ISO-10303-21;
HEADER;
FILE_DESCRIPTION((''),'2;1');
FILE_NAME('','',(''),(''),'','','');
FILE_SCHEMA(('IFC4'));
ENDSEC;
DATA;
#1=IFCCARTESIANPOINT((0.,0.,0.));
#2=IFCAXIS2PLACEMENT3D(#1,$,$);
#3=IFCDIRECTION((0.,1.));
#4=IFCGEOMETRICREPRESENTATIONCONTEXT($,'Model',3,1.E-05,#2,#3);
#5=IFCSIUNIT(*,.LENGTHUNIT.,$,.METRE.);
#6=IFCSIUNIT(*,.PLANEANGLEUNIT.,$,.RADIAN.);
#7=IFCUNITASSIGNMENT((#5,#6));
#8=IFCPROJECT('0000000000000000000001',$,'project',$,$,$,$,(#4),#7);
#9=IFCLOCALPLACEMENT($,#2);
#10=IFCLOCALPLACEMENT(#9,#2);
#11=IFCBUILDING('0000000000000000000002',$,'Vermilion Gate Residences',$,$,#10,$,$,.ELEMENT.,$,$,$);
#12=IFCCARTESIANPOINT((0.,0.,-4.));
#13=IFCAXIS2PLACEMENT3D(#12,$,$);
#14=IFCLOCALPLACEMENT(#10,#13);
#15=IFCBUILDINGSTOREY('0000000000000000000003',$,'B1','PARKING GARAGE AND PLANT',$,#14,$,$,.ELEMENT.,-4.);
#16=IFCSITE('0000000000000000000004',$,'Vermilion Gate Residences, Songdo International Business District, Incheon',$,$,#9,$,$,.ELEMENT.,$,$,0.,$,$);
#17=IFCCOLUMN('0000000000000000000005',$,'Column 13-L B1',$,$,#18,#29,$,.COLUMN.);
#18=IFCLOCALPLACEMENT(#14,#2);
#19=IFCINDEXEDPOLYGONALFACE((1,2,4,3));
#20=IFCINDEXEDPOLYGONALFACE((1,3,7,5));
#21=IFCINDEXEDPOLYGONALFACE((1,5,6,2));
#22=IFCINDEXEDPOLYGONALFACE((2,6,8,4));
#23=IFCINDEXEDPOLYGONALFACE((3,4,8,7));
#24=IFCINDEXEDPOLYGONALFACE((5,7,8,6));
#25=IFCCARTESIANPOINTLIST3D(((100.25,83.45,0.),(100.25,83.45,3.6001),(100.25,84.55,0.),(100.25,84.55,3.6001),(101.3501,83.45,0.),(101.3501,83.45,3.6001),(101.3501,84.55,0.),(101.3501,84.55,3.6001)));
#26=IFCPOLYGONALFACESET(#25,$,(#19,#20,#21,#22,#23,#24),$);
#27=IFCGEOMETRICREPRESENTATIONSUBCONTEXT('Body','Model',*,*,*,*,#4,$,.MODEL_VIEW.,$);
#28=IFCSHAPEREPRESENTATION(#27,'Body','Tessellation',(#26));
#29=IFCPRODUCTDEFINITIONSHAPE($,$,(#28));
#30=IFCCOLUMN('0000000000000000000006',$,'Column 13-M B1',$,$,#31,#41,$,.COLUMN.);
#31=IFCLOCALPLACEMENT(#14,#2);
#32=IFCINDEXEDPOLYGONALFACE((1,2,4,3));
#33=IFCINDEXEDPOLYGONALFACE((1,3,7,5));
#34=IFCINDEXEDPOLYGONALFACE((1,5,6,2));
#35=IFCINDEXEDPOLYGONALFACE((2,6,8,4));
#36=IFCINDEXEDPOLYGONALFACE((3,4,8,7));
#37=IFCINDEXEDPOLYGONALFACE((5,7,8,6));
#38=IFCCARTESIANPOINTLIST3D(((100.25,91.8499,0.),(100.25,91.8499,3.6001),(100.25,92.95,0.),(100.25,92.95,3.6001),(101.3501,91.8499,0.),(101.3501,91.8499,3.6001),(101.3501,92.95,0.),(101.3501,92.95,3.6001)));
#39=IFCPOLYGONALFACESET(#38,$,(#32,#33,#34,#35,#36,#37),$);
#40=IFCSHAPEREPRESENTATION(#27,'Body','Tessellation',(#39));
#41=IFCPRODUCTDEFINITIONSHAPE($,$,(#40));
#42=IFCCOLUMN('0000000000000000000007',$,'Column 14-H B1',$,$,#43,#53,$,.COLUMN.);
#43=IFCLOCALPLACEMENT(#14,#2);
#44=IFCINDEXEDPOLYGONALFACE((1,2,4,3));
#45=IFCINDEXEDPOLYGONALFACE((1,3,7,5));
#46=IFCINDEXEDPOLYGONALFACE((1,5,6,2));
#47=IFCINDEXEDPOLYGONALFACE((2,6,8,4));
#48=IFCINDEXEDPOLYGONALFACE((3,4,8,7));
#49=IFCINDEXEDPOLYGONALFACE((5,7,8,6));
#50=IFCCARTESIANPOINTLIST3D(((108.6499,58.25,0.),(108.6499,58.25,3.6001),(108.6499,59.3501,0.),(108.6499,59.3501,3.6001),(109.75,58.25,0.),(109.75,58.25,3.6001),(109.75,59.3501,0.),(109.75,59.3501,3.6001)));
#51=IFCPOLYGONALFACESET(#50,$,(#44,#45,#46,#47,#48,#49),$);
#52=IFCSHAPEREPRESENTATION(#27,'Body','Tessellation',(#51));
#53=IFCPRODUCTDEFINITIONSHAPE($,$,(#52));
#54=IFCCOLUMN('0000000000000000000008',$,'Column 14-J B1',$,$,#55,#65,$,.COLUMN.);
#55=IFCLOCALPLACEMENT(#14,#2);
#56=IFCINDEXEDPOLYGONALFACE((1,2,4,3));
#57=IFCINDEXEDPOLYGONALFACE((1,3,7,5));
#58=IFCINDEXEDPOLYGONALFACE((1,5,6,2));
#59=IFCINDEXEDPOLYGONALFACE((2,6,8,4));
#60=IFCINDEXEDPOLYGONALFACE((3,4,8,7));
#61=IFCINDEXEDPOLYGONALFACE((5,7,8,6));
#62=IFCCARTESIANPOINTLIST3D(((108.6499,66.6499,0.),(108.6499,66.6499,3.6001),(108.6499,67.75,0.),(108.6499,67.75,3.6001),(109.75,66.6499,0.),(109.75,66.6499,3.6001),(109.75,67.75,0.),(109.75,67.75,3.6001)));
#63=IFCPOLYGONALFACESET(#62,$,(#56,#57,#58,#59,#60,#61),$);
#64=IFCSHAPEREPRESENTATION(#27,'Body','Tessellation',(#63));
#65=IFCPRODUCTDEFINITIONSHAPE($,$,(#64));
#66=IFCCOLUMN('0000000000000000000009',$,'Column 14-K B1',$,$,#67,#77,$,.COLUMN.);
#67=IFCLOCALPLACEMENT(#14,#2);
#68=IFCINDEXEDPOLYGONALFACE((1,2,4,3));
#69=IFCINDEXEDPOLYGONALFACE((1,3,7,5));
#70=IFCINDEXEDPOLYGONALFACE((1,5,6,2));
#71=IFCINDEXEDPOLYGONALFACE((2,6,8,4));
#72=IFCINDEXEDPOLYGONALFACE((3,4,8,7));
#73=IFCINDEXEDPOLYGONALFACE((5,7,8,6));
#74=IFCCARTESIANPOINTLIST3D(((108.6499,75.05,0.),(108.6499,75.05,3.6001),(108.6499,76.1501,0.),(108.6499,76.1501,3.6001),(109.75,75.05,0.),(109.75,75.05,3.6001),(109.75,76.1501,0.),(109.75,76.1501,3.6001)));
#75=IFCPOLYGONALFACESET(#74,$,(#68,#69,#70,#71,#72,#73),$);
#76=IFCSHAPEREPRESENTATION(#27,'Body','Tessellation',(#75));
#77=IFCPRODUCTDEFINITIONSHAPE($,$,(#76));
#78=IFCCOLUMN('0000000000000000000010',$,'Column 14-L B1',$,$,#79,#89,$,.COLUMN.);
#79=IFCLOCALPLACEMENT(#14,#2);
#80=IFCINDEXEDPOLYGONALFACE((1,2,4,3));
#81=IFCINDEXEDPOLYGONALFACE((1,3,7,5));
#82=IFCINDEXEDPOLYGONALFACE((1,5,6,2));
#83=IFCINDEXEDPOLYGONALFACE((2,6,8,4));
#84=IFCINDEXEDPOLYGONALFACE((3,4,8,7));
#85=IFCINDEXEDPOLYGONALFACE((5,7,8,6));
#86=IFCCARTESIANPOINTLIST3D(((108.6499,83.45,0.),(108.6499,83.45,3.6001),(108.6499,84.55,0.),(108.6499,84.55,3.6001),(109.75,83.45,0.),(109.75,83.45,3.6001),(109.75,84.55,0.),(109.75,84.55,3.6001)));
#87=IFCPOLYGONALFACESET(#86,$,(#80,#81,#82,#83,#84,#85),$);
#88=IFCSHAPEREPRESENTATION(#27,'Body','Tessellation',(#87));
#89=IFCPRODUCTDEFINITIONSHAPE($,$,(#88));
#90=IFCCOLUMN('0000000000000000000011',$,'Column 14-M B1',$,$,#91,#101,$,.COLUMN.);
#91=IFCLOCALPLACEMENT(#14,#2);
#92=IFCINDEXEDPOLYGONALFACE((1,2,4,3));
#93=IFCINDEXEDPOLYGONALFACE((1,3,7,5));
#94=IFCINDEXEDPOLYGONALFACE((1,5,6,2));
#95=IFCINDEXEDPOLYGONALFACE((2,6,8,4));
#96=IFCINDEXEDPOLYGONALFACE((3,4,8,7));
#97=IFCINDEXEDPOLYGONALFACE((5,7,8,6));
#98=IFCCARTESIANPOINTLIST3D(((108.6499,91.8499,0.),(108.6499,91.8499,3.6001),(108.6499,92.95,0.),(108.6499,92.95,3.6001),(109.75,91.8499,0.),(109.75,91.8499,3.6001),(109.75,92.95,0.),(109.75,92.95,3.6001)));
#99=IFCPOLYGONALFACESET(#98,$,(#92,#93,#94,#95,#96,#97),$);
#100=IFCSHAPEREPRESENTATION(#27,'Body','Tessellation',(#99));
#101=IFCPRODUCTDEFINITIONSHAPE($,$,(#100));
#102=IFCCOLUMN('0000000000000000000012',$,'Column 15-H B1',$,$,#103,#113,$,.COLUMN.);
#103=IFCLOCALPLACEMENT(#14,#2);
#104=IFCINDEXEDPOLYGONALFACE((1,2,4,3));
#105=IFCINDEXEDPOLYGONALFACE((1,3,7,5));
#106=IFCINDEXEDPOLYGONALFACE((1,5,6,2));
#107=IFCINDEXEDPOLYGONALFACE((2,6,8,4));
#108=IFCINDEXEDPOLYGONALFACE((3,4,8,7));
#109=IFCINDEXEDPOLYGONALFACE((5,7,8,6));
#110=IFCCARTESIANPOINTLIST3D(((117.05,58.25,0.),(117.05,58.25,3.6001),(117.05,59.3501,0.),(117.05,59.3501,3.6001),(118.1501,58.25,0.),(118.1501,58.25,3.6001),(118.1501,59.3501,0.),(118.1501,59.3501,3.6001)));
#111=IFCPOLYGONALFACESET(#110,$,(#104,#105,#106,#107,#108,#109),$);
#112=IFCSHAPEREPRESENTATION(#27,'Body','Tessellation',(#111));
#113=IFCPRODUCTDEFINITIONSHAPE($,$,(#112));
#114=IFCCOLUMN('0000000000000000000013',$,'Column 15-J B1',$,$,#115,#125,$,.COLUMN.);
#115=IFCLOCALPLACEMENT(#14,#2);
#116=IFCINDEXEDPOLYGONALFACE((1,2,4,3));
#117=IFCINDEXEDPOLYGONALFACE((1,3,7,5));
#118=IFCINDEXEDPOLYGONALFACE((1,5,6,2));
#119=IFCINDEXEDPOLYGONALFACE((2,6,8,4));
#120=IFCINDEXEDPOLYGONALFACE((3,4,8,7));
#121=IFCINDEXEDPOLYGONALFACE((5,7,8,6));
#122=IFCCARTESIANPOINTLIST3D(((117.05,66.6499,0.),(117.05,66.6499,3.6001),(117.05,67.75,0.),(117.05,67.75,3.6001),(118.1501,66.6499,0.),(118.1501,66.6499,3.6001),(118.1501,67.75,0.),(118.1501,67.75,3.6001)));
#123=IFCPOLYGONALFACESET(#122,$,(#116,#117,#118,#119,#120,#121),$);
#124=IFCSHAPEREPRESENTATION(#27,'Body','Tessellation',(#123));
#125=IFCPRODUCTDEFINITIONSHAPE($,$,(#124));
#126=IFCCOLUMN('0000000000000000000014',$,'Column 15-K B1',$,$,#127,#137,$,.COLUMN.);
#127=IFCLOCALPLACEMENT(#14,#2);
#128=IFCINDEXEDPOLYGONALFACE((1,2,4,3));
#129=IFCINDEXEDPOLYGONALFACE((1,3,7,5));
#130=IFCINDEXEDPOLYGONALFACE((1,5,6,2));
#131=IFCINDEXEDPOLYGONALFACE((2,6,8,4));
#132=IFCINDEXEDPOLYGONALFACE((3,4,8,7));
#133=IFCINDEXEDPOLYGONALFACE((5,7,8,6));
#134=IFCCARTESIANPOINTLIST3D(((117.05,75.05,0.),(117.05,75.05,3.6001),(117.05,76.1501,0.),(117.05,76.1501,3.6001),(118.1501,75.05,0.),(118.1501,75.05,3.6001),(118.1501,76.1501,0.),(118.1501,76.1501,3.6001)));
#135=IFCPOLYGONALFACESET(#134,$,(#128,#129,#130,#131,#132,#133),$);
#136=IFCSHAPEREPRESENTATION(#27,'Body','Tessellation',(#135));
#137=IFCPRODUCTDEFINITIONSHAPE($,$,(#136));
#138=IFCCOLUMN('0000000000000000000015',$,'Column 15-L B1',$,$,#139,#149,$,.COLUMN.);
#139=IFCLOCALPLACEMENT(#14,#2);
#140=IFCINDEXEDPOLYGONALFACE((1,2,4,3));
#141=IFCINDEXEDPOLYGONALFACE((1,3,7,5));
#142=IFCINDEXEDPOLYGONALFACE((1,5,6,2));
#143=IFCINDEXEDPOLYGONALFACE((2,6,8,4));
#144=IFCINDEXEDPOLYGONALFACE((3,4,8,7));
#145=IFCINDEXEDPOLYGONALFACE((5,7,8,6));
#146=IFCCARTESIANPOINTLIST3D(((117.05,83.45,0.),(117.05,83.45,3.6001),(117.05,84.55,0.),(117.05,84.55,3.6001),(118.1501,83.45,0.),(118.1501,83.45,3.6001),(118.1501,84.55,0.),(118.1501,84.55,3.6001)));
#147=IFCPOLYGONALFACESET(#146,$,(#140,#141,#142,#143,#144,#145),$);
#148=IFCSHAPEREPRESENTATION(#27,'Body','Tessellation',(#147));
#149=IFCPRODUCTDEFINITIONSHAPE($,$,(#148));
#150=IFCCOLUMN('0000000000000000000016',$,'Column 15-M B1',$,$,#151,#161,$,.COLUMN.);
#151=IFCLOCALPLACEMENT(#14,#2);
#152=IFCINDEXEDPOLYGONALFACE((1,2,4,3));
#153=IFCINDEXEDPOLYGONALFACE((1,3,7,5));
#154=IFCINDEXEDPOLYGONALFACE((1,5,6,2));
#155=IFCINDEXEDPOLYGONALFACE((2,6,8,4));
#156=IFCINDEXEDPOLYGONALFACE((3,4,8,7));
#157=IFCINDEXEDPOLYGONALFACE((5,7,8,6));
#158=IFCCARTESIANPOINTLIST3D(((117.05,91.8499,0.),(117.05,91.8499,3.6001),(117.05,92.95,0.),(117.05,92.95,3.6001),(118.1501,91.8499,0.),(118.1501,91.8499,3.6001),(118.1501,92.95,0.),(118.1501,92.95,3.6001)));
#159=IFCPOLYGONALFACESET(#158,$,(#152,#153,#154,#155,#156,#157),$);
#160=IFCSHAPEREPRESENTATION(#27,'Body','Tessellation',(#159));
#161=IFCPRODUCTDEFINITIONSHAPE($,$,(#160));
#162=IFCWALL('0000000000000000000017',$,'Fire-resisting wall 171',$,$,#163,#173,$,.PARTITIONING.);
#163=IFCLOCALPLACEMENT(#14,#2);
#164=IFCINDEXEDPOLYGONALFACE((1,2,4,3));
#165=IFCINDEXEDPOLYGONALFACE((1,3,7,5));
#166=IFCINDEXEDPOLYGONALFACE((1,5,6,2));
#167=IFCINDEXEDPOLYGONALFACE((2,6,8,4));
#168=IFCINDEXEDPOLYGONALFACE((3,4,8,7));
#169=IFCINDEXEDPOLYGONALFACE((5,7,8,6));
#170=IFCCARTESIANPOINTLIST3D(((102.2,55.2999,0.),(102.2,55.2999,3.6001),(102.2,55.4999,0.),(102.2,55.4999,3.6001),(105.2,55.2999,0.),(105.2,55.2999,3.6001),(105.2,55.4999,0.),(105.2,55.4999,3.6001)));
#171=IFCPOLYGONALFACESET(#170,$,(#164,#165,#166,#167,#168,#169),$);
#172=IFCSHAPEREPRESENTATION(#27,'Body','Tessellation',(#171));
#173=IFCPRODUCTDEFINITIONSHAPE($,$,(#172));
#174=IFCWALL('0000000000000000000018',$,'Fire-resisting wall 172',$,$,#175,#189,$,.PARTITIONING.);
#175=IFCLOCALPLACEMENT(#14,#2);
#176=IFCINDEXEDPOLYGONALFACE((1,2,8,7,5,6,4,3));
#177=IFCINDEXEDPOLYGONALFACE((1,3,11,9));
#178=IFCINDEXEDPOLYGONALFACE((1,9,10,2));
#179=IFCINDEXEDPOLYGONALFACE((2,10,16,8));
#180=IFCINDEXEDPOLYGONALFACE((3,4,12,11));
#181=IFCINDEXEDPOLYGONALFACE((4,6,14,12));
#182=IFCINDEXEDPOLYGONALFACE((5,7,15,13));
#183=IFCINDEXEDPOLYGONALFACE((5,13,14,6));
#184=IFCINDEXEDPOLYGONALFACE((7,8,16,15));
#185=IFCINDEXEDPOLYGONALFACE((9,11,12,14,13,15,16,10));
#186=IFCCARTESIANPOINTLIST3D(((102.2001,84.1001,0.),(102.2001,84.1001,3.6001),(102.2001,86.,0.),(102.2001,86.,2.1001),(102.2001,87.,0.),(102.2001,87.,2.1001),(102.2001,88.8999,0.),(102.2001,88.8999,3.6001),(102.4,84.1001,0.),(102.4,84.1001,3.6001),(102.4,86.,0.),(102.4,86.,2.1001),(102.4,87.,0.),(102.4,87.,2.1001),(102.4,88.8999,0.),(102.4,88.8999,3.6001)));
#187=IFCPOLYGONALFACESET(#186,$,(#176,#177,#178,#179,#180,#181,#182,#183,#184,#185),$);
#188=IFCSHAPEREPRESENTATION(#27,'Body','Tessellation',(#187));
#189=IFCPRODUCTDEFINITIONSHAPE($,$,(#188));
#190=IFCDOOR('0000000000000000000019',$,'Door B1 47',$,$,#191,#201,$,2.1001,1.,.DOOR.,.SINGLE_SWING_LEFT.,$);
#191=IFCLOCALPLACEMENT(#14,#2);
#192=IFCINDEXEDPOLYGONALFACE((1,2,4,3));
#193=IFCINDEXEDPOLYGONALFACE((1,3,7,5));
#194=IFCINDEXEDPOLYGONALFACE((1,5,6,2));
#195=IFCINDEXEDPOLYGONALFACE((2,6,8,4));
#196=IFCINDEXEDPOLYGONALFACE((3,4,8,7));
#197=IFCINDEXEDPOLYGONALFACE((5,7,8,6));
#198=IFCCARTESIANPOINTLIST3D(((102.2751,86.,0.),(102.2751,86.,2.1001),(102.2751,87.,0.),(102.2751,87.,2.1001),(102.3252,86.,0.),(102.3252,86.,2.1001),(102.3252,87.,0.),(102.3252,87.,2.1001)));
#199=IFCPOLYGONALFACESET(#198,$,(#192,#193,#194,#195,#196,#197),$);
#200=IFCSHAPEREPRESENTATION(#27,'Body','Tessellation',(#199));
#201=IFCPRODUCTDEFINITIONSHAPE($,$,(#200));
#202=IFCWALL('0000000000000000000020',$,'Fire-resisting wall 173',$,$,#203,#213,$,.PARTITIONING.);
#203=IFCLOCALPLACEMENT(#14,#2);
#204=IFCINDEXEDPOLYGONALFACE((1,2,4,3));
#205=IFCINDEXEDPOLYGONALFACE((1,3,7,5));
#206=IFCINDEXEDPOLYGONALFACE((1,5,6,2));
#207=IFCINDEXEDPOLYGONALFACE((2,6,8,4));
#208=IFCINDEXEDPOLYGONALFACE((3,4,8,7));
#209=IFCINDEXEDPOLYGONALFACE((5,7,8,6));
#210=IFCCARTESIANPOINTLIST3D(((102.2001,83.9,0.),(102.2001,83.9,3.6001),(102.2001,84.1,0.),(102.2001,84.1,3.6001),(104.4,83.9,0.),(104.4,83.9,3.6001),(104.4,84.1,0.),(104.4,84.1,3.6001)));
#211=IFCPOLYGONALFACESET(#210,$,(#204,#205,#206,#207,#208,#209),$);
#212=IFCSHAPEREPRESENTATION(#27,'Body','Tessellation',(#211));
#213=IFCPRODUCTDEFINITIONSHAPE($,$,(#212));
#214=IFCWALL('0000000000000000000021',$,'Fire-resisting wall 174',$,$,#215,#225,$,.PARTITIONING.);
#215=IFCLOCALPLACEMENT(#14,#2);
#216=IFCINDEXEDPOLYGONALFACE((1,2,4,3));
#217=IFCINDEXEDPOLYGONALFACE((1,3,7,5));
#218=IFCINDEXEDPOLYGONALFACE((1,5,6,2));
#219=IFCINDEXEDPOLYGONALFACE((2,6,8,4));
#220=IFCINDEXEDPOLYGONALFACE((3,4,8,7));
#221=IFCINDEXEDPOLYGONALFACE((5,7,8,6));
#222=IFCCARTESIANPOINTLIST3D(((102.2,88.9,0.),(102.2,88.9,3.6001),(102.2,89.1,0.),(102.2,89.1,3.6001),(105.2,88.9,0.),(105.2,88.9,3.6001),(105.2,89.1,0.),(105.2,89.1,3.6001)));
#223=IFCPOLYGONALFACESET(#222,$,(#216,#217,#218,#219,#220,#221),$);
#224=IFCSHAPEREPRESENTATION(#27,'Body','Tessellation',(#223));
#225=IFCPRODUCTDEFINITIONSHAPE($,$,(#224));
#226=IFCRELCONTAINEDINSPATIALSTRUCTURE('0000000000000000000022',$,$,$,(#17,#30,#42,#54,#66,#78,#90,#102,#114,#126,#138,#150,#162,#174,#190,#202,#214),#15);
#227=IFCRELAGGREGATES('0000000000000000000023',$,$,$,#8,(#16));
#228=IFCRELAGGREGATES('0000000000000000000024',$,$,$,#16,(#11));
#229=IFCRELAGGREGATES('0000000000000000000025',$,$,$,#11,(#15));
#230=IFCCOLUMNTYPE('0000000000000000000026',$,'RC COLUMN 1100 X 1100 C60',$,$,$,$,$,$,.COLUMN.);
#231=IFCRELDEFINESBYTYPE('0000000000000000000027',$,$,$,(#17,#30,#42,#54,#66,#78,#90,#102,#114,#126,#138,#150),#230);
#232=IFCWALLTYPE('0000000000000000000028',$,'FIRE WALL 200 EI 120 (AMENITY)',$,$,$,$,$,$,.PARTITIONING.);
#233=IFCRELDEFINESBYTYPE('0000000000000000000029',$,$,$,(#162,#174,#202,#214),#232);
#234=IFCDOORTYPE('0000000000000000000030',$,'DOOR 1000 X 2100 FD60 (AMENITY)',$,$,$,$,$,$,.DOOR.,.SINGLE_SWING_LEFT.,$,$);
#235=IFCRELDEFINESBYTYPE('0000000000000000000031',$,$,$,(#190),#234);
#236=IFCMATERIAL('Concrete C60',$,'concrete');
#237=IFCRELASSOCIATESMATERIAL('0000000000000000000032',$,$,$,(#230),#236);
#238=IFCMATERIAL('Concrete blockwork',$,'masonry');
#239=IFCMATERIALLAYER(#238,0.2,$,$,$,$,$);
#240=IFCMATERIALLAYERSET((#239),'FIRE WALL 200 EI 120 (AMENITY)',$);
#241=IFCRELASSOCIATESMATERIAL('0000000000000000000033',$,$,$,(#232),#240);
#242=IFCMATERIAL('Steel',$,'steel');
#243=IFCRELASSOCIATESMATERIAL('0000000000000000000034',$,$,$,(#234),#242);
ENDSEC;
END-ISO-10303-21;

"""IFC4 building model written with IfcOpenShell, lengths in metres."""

from ifc_helpers import new_model, si_unit, direction, frame, frame_2d, origin, origin_2d, place, context, subcontext, project, spatial, rectangle, extrude, material, layer, layer_set, material_profile, profile_set, type_object, element, fill, save


model = new_model("IFC4")

# Units and contexts
model_context = context("Model", 3, precision=1e-05, world=origin(), true_north=direction((0.0, 1.0)))
body_context = subcontext(model_context, "Body", "Model", "MODEL_VIEW")
ifc_project = project(units=[si_unit("LENGTHUNIT", "METRE"), si_unit("PLANEANGLEUNIT", "RADIAN")], contexts=[model_context])

# Site, building, storey
site_placement = place(None, origin())
site = spatial("IfcSite", under=ifc_project, at=site_placement, Name="Vermilion Gate Residences, Songdo International Business District, Incheon", CompositionType="ELEMENT", RefElevation=0.0)
building_placement = place(site_placement, origin())
building = spatial("IfcBuilding", under=site, at=building_placement, Name="Vermilion Gate Residences", CompositionType="ELEMENT")
storey_placement = place(building_placement, frame((0.0, 0.0, -4.0)))
storey = spatial("IfcBuildingStorey", under=building, at=storey_placement, Name="B1", Description="PARKING GARAGE AND PLANT", CompositionType="ELEMENT", Elevation=-4.0)

# Columns
ifc_material_1 = material(Name="Concrete C60", Category="concrete")
ifc_material_profile = material_profile(ifc_material_1, rectangle(XDim=1.1001, YDim=1.1001, at=origin_2d()), Name="RC-1100x1100")
ifc_profile_set = profile_set([ifc_material_profile], Name="Concrete C60")
column_type = type_object("IfcColumnType", Name="RC COLUMN 1100 X 1100 C60", PredefinedType="COLUMN", material=ifc_profile_set)
for number, where, z_axis, x_axis, name in (
    (1, (100.8, 84.0, 0.0), (0.0, 0.0, 1.0), (1.0, 0.0, 0.0), "Column 13-L B1"),
    (2, (100.8, 92.3999, 0.0), (0.0, 0.0, 1.0), (1.0, 0.0, 0.0), "Column 13-M B1"),
    (3, (109.2, 58.8, 0.0), (0.0, 0.0, 1.0), (1.0, 0.0, 0.0), "Column 14-H B1"),
    (4, (109.2, 67.2, 0.0), (0.0, 0.0, 1.0), (1.0, 0.0, 0.0), "Column 14-J B1"),
    (5, (109.2, 75.6001, 0.0), (0.0, 0.0, 1.0), (1.0, 0.0, 0.0), "Column 14-K B1"),
    (6, (109.2, 84.0, 0.0), (0.0, 0.0, 1.0), (1.0, 0.0, 0.0), "Column 14-L B1"),
    (7, (109.2, 92.3999, 0.0), (0.0, 0.0, 1.0), (1.0, 0.0, 0.0), "Column 14-M B1"),
    (8, (117.6001, 58.8, 0.0), (0.0, 0.0, 1.0), (1.0, 0.0, 0.0), "Column 15-H B1"),
    (9, (117.6001, 67.2, 0.0), (0.0, 0.0, 1.0), (1.0, 0.0, 0.0), "Column 15-J B1"),
    (10, (117.6001, 75.6001, 0.0), (0.0, 0.0, 1.0), (1.0, 0.0, 0.0), "Column 15-K B1"),
    (11, (117.6001, 84.0, 0.0), (0.0, 0.0, 1.0), (1.0, 0.0, 0.0), "Column 15-L B1"),
    (12, (117.6001, 92.3999, 0.0), (0.0, 0.0, 1.0), (1.0, 0.0, 0.0), "Column 15-M B1"),
):
    element("IfcColumn", number, at=place(storey_placement, frame(where, z_axis=z_axis, x_axis=x_axis)), inside=storey, type_object=column_type, Name=name, PredefinedType="COLUMN", context=body_context, shape_type="SweptSolid", body=[
        extrude(rectangle(XDim=1.1001, YDim=1.1001, at=origin_2d()), origin(), (0.0, 0.0, 1.0), 3.6001),
    ])

# Wall
ifc_material_2 = material(Name="Concrete blockwork", Category="masonry")
ifc_layer_1 = layer(ifc_material_2, 0.2)
ifc_layer_set_1 = layer_set([ifc_layer_1], Name="FIRE WALL 200 EI 120 (AMENITY)")
wall_type_1 = type_object("IfcWallType", Name="FIRE WALL 200 EI 120 (AMENITY)", PredefinedType="PARTITIONING", material=ifc_layer_set_1)
wall_1_placement = place(storey_placement, frame((102.2, 55.3999, 0.0), z_axis=(0.0, 0.0, 1.0), x_axis=(1.0, 0.0, 0.0)))
element("IfcWall", 13, at=wall_1_placement, inside=storey, type_object=wall_type_1, Name="Fire-resisting wall 171", PredefinedType="PARTITIONING", context=body_context, shape_type="SweptSolid", body=[
    extrude(rectangle(XDim=3.0, YDim=0.2, at=frame_2d((1.5, 0.0))), origin(), (0.0, 0.0, 1.0), 3.6001),
])

# Wall, opening, door
wall_2_placement = place(storey_placement, frame((102.3, 84.1001, 0.0), z_axis=(0.0, 0.0, 1.0), x_axis=(0.0, 1.0, 0.0)))
wall_2 = element("IfcWall", 14, at=wall_2_placement, inside=storey, type_object=wall_type_1, Name="Fire-resisting wall 172", PredefinedType="PARTITIONING", context=body_context, shape_type="SweptSolid", body=[
    extrude(rectangle(XDim=4.7998, YDim=0.2, at=frame_2d((2.3999, 0.0))), origin(), (0.0, 0.0, 1.0), 3.6001),
])
opening_1_placement = place(wall_2_placement, frame((1.8999, 0.0, 0.0)))
opening_1 = element("IfcOpeningElement", 15, at=opening_1_placement, cuts=wall_2, PredefinedType="OPENING", context=body_context, shape_type="SweptSolid", body=[
    extrude(rectangle(XDim=1.0, YDim=2.1001, at=frame_2d((0.5, 1.05))), frame((0.0, 0.1099, 0.0), z_axis=(0.0, -1.0, 0.0), x_axis=(1.0, 0.0, 0.0)), (0.0, 0.0, 1.0), 0.22),
])
ifc_material_3 = material(Name="Steel", Category="steel")
door_type = type_object("IfcDoorType", Name="DOOR 1000 X 2100 FD60 (AMENITY)", OperationType="SINGLE_SWING_LEFT", PredefinedType="DOOR", material=ifc_material_3)
door_1_placement = place(opening_1_placement, origin())
door_1 = element("IfcDoor", 16, at=door_1_placement, inside=storey, type_object=door_type, Name="Door B1 47", OperationType="SINGLE_SWING_LEFT", OverallHeight=2.1001, OverallWidth=1.0, PredefinedType="DOOR", context=body_context, shape_type="SweptSolid", body=[
    extrude(rectangle(XDim=1.0, YDim=2.1001, at=frame_2d((0.5, 1.05))), frame((0.0, 0.0249, 0.0), z_axis=(0.0, -1.0, 0.0), x_axis=(1.0, 0.0, 0.0)), (0.0, 0.0, 1.0), 0.05),
])
fill(opening_1, door_1)

# Walls
wall_3_placement = place(storey_placement, frame((102.2, 84.0, 0.0), z_axis=(0.0, 0.0, 1.0), x_axis=(1.0, 0.0, 0.0)))
element("IfcWall", 17, at=wall_3_placement, inside=storey, type_object=wall_type_1, Name="Fire-resisting wall 173", PredefinedType="PARTITIONING", context=body_context, shape_type="SweptSolid", body=[
    extrude(rectangle(XDim=2.2, YDim=0.2, at=frame_2d((1.1001, 0.0))), origin(), (0.0, 0.0, 1.0), 3.6001),
])
wall_4_placement = place(storey_placement, frame((102.2, 89.0, 0.0), z_axis=(0.0, 0.0, 1.0), x_axis=(1.0, 0.0, 0.0)))
element("IfcWall", 18, at=wall_4_placement, inside=storey, type_object=wall_type_1, Name="Fire-resisting wall 174", PredefinedType="PARTITIONING", context=body_context, shape_type="SweptSolid", body=[
    extrude(rectangle(XDim=3.0, YDim=0.2, at=frame_2d((1.5, 0.0))), origin(), (0.0, 0.0, 1.0), 3.6001),
])

save(model, "model.ifc")
